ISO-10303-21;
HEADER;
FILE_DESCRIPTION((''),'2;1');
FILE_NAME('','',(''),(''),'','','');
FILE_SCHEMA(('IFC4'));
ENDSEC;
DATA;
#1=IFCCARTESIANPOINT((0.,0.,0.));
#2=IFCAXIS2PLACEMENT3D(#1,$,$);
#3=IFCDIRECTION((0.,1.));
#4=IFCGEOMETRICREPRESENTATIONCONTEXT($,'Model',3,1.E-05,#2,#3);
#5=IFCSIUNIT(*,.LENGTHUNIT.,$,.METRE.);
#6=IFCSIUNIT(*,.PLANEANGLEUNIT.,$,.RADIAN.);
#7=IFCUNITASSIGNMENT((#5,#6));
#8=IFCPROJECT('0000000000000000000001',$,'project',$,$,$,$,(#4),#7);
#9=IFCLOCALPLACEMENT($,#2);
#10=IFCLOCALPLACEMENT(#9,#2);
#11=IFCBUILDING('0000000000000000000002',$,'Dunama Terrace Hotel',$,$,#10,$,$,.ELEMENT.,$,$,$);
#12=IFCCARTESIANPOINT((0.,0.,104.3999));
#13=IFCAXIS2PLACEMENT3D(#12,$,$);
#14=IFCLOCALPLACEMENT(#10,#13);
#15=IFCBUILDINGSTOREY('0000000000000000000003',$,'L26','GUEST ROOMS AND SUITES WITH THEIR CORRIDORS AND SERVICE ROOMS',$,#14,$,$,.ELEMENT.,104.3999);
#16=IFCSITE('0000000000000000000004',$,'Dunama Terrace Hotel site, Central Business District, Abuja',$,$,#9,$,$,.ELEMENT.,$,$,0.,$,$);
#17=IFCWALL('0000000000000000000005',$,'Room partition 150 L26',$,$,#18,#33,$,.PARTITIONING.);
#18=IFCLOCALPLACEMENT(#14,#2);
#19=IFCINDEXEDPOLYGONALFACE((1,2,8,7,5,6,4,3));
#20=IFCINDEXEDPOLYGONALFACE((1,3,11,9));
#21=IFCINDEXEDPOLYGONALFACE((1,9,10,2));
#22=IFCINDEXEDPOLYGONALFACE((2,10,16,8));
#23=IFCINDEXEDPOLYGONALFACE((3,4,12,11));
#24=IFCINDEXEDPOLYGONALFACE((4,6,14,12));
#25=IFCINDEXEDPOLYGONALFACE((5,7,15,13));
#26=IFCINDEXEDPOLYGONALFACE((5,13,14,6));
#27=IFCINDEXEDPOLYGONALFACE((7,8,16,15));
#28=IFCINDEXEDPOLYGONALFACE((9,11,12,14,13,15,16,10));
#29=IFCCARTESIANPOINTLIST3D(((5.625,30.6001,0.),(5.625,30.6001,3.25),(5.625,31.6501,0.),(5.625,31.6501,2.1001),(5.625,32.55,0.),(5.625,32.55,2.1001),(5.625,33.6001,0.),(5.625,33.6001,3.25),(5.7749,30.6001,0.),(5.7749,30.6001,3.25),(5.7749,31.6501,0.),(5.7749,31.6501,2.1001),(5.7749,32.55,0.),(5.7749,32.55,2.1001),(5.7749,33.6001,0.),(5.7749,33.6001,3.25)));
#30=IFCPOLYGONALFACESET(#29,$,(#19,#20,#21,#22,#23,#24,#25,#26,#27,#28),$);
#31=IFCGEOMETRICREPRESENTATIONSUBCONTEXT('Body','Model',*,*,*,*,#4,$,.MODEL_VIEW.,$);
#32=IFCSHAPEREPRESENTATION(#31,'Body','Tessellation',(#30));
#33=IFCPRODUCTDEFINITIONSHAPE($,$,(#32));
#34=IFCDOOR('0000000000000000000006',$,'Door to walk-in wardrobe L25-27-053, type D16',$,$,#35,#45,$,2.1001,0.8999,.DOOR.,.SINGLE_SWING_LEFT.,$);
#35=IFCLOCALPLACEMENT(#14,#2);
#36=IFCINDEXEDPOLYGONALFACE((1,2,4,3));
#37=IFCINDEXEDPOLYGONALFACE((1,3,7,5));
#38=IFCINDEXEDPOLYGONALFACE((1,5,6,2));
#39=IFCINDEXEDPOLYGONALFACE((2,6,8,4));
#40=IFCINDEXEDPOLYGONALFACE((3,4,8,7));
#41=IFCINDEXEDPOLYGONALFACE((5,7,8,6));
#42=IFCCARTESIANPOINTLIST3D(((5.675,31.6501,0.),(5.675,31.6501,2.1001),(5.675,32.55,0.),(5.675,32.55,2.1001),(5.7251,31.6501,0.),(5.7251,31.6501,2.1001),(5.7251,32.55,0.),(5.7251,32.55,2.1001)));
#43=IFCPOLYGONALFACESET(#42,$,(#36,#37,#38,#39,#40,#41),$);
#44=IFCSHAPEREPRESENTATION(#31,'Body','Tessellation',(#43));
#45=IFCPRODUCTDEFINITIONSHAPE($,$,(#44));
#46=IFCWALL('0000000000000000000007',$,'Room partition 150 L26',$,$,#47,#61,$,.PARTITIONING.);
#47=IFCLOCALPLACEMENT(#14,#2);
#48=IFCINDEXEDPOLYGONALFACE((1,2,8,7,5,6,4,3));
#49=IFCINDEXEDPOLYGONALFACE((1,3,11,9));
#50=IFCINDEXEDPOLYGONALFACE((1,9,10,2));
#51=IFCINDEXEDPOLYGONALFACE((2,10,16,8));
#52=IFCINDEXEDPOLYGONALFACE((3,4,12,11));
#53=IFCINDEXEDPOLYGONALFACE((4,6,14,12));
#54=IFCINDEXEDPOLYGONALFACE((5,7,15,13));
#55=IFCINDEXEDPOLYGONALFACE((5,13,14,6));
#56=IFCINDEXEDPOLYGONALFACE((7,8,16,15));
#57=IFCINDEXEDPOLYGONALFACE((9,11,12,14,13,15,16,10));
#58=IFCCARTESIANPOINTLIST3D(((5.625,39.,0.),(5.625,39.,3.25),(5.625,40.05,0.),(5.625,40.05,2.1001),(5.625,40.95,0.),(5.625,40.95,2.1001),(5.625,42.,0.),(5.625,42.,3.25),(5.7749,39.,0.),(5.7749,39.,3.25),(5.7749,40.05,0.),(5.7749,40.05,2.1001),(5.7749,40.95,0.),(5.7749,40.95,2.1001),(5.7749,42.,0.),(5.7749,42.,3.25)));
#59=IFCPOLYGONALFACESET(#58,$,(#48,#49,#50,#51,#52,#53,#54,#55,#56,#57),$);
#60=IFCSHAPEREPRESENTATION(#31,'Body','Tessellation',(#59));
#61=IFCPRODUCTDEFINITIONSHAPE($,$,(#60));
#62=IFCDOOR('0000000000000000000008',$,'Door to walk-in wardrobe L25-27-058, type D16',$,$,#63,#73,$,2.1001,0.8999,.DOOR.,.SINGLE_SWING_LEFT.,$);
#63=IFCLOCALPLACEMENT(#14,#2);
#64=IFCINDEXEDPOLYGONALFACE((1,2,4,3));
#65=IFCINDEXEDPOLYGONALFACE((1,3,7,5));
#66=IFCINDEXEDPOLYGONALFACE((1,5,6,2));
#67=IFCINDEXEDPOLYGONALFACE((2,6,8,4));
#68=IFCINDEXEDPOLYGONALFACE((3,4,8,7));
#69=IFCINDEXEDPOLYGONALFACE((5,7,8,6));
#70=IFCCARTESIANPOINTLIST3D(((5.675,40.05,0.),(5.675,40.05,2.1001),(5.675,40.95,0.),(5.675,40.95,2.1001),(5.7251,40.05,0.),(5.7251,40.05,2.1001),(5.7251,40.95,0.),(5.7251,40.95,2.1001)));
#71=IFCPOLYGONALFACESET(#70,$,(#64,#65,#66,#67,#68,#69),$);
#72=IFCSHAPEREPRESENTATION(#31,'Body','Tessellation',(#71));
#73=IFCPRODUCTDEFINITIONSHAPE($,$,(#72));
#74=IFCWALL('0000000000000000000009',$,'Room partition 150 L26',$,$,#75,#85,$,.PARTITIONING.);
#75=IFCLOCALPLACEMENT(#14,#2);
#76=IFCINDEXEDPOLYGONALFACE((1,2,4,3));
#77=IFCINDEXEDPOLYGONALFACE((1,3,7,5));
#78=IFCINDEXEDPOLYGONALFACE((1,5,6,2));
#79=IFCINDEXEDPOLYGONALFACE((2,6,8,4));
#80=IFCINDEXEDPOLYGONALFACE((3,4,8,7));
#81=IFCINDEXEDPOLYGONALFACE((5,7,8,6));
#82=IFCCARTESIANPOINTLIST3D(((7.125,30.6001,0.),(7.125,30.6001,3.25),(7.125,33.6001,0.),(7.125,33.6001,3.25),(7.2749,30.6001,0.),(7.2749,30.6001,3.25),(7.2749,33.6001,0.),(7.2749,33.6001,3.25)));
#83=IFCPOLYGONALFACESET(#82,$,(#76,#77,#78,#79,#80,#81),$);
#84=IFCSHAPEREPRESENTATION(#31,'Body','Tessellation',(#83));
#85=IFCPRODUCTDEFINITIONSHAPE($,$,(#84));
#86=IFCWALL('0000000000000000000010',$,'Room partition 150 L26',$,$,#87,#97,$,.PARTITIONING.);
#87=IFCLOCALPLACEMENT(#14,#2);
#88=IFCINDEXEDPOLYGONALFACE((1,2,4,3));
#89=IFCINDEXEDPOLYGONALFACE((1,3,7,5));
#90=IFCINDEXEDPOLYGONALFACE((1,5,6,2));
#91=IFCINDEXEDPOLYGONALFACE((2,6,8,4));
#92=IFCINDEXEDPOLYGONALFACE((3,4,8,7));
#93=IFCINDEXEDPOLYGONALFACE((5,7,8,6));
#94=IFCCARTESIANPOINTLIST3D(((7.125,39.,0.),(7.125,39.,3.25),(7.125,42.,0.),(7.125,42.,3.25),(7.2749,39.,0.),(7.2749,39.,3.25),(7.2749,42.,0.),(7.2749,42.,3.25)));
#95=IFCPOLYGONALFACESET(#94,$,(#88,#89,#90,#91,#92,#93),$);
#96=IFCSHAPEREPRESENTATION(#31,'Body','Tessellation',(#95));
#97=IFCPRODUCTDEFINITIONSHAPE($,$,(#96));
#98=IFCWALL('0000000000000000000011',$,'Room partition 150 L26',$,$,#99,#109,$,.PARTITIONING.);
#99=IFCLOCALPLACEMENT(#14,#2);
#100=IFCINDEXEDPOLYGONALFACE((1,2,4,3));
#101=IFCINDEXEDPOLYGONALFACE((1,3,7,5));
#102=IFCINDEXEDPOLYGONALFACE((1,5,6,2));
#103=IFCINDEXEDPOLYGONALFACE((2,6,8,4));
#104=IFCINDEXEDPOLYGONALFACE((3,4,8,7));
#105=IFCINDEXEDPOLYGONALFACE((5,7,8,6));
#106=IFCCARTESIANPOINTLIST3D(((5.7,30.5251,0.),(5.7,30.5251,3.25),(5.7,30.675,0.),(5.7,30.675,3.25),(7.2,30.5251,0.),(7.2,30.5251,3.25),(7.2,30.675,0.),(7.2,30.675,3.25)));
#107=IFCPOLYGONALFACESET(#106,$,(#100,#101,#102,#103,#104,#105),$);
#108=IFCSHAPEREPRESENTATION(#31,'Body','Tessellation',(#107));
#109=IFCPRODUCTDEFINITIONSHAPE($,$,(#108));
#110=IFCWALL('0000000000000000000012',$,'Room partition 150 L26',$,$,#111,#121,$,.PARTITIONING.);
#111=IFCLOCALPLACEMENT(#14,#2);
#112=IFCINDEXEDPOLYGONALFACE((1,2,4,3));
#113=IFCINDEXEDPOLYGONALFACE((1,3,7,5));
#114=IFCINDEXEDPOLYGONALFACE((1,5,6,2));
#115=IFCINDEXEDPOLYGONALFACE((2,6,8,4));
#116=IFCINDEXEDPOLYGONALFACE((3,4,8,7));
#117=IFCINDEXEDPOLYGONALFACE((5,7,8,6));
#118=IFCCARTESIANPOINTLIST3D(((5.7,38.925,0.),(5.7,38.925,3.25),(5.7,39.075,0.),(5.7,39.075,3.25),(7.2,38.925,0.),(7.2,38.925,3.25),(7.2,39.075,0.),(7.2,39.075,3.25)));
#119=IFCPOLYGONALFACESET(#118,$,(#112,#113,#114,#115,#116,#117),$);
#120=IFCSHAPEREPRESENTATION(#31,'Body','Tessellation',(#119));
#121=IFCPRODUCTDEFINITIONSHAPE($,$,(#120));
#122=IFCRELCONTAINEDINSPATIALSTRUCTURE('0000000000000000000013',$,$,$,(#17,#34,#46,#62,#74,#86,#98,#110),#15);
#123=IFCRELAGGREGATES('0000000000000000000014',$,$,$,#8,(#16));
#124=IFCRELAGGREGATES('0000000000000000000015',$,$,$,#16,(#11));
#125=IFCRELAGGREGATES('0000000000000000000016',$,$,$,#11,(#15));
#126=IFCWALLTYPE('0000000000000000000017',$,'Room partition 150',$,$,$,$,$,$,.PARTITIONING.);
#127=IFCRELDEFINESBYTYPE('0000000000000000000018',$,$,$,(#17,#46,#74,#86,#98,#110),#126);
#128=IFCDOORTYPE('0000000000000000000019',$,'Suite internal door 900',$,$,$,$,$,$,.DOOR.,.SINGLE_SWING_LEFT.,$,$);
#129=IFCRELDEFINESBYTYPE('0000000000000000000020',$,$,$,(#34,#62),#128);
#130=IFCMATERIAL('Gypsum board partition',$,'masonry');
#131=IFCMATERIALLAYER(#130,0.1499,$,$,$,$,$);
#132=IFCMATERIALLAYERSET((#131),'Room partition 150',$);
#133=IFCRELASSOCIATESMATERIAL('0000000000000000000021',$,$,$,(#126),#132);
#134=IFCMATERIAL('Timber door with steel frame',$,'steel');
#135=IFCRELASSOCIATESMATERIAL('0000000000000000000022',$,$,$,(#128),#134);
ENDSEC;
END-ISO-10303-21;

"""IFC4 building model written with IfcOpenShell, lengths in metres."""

from ifc_helpers import new_model, si_unit, direction, frame, frame_2d, origin, place, context, subcontext, project, spatial, rectangle, extrude, material, layer, layer_set, type_object, element, fill, save


model = new_model("IFC4")

# Units and contexts
model_context = context("Model", 3, precision=1e-05, world=origin(), true_north=direction((0.0, 1.0)))
body_context = subcontext(model_context, "Body", "Model", "MODEL_VIEW")
ifc_project = project(units=[si_unit("LENGTHUNIT", "METRE"), si_unit("PLANEANGLEUNIT", "RADIAN")], contexts=[model_context])

# Site, building, storey
site_placement = place(None, origin())
site = spatial("IfcSite", under=ifc_project, at=site_placement, Name="Dunama Terrace Hotel site, Central Business District, Abuja", CompositionType="ELEMENT", RefElevation=0.0)
building_placement = place(site_placement, origin())
building = spatial("IfcBuilding", under=site, at=building_placement, Name="Dunama Terrace Hotel", CompositionType="ELEMENT")
storey_placement = place(building_placement, frame((0.0, 0.0, 104.3999)))
storey = spatial("IfcBuildingStorey", under=building, at=storey_placement, Name="L26", Description="GUEST ROOMS AND SUITES WITH THEIR CORRIDORS AND SERVICE ROOMS", CompositionType="ELEMENT", Elevation=104.3999)

# Walls, openings, doors
ifc_material_1 = material(Name="Gypsum board partition", Category="masonry")
ifc_layer_1 = layer(ifc_material_1, 0.1499)
ifc_layer_set_1 = layer_set([ifc_layer_1], Name="Room partition 150")
wall_type_1 = type_object("IfcWallType", Name="Room partition 150", PredefinedType="PARTITIONING", material=ifc_layer_set_1)
wall_1_placement = place(storey_placement, frame((5.7, 30.6001, 0.0), z_axis=(0.0, 0.0, 1.0), x_axis=(0.0, 1.0, 0.0)))
wall_1 = element("IfcWall", 1, at=wall_1_placement, inside=storey, type_object=wall_type_1, Name="Room partition 150 L26", PredefinedType="PARTITIONING", context=body_context, shape_type="SweptSolid", body=[
    extrude(rectangle(XDim=3.0, YDim=0.1499, at=frame_2d((1.5, 0.0))), origin(), (0.0, 0.0, 1.0), 3.25),
])
opening_1_placement = place(wall_1_placement, frame((1.05, 0.0, 0.0)))
opening_1 = element("IfcOpeningElement", 2, at=opening_1_placement, cuts=wall_1, PredefinedType="OPENING", context=body_context, shape_type="SweptSolid", body=[
    extrude(rectangle(XDim=0.8999, YDim=2.1001, at=frame_2d((0.45, 1.05))), frame((0.0, 0.085, 0.0), z_axis=(0.0, -1.0, 0.0), x_axis=(1.0, 0.0, 0.0)), (0.0, 0.0, 1.0), 0.1699),
])
ifc_material_2 = material(Name="Timber door with steel frame", Category="steel")
door_type_1 = type_object("IfcDoorType", Name="Suite internal door 900", OperationType="SINGLE_SWING_LEFT", PredefinedType="DOOR", material=ifc_material_2)
door_1_placement = place(opening_1_placement, frame((0.8999, 0.0, 0.0), z_axis=(0.0, 0.0, 1.0), x_axis=(-1.0, 0.0, 0.0)))
door_1 = element("IfcDoor", 3, at=door_1_placement, inside=storey, type_object=door_type_1, Name="Door to walk-in wardrobe L25-27-053, type D16", OperationType="SINGLE_SWING_LEFT", OverallHeight=2.1001, OverallWidth=0.8999, PredefinedType="DOOR", context=body_context, shape_type="SweptSolid", body=[
    extrude(rectangle(XDim=0.8999, YDim=2.1001, at=frame_2d((0.45, 1.05))), frame((0.0, 0.0251, 0.0), z_axis=(0.0, -1.0, 0.0), x_axis=(1.0, 0.0, 0.0)), (0.0, 0.0, 1.0), 0.05),
])
fill(opening_1, door_1)
wall_2_placement = place(storey_placement, frame((5.7, 39.0, 0.0), z_axis=(0.0, 0.0, 1.0), x_axis=(0.0, 1.0, 0.0)))
wall_2 = element("IfcWall", 4, at=wall_2_placement, inside=storey, type_object=wall_type_1, Name="Room partition 150 L26", PredefinedType="PARTITIONING", context=body_context, shape_type="SweptSolid", body=[
    extrude(rectangle(XDim=3.0, YDim=0.1499, at=frame_2d((1.5, 0.0))), origin(), (0.0, 0.0, 1.0), 3.25),
])
opening_2_placement = place(wall_2_placement, frame((1.05, 0.0, 0.0)))
opening_2 = element("IfcOpeningElement", 5, at=opening_2_placement, cuts=wall_2, PredefinedType="OPENING", context=body_context, shape_type="SweptSolid", body=[
    extrude(rectangle(XDim=0.8999, YDim=2.1001, at=frame_2d((0.45, 1.05))), frame((0.0, 0.085, 0.0), z_axis=(0.0, -1.0, 0.0), x_axis=(1.0, 0.0, 0.0)), (0.0, 0.0, 1.0), 0.1699),
])
door_2_placement = place(opening_2_placement, frame((0.8999, 0.0, 0.0), z_axis=(0.0, 0.0, 1.0), x_axis=(-1.0, 0.0, 0.0)))
door_2 = element("IfcDoor", 6, at=door_2_placement, inside=storey, type_object=door_type_1, Name="Door to walk-in wardrobe L25-27-058, type D16", OperationType="SINGLE_SWING_LEFT", OverallHeight=2.1001, OverallWidth=0.8999, PredefinedType="DOOR", context=body_context, shape_type="SweptSolid", body=[
    extrude(rectangle(XDim=0.8999, YDim=2.1001, at=frame_2d((0.45, 1.05))), frame((0.0, 0.0251, 0.0), z_axis=(0.0, -1.0, 0.0), x_axis=(1.0, 0.0, 0.0)), (0.0, 0.0, 1.0), 0.05),
])
fill(opening_2, door_2)

# Walls
for number, where, z_axis, x_axis, name in (
    (7, (7.2, 30.6001, 0.0), (0.0, 0.0, 1.0), (0.0, 1.0, 0.0), "Room partition 150 L26"),
    (8, (7.2, 39.0, 0.0), (0.0, 0.0, 1.0), (0.0, 1.0, 0.0), "Room partition 150 L26"),
):
    element("IfcWall", number, at=place(storey_placement, frame(where, z_axis=z_axis, x_axis=x_axis)), inside=storey, type_object=wall_type_1, Name=name, PredefinedType="PARTITIONING", context=body_context, shape_type="SweptSolid", body=[
        extrude(rectangle(XDim=3.0, YDim=0.1499, at=frame_2d((1.5, 0.0))), origin(), (0.0, 0.0, 1.0), 3.25),
    ])
for number, where, z_axis, x_axis, name in (
    (9, (5.7, 30.6001, 0.0), (0.0, 0.0, 1.0), (1.0, 0.0, 0.0), "Room partition 150 L26"),
    (10, (5.7, 39.0, 0.0), (0.0, 0.0, 1.0), (1.0, 0.0, 0.0), "Room partition 150 L26"),
):
    element("IfcWall", number, at=place(storey_placement, frame(where, z_axis=z_axis, x_axis=x_axis)), inside=storey, type_object=wall_type_1, Name=name, PredefinedType="PARTITIONING", context=body_context, shape_type="SweptSolid", body=[
        extrude(rectangle(XDim=1.5, YDim=0.1499, at=frame_2d((0.75, 0.0))), origin(), (0.0, 0.0, 1.0), 3.25),
    ])

save(model, "model.ifc")
